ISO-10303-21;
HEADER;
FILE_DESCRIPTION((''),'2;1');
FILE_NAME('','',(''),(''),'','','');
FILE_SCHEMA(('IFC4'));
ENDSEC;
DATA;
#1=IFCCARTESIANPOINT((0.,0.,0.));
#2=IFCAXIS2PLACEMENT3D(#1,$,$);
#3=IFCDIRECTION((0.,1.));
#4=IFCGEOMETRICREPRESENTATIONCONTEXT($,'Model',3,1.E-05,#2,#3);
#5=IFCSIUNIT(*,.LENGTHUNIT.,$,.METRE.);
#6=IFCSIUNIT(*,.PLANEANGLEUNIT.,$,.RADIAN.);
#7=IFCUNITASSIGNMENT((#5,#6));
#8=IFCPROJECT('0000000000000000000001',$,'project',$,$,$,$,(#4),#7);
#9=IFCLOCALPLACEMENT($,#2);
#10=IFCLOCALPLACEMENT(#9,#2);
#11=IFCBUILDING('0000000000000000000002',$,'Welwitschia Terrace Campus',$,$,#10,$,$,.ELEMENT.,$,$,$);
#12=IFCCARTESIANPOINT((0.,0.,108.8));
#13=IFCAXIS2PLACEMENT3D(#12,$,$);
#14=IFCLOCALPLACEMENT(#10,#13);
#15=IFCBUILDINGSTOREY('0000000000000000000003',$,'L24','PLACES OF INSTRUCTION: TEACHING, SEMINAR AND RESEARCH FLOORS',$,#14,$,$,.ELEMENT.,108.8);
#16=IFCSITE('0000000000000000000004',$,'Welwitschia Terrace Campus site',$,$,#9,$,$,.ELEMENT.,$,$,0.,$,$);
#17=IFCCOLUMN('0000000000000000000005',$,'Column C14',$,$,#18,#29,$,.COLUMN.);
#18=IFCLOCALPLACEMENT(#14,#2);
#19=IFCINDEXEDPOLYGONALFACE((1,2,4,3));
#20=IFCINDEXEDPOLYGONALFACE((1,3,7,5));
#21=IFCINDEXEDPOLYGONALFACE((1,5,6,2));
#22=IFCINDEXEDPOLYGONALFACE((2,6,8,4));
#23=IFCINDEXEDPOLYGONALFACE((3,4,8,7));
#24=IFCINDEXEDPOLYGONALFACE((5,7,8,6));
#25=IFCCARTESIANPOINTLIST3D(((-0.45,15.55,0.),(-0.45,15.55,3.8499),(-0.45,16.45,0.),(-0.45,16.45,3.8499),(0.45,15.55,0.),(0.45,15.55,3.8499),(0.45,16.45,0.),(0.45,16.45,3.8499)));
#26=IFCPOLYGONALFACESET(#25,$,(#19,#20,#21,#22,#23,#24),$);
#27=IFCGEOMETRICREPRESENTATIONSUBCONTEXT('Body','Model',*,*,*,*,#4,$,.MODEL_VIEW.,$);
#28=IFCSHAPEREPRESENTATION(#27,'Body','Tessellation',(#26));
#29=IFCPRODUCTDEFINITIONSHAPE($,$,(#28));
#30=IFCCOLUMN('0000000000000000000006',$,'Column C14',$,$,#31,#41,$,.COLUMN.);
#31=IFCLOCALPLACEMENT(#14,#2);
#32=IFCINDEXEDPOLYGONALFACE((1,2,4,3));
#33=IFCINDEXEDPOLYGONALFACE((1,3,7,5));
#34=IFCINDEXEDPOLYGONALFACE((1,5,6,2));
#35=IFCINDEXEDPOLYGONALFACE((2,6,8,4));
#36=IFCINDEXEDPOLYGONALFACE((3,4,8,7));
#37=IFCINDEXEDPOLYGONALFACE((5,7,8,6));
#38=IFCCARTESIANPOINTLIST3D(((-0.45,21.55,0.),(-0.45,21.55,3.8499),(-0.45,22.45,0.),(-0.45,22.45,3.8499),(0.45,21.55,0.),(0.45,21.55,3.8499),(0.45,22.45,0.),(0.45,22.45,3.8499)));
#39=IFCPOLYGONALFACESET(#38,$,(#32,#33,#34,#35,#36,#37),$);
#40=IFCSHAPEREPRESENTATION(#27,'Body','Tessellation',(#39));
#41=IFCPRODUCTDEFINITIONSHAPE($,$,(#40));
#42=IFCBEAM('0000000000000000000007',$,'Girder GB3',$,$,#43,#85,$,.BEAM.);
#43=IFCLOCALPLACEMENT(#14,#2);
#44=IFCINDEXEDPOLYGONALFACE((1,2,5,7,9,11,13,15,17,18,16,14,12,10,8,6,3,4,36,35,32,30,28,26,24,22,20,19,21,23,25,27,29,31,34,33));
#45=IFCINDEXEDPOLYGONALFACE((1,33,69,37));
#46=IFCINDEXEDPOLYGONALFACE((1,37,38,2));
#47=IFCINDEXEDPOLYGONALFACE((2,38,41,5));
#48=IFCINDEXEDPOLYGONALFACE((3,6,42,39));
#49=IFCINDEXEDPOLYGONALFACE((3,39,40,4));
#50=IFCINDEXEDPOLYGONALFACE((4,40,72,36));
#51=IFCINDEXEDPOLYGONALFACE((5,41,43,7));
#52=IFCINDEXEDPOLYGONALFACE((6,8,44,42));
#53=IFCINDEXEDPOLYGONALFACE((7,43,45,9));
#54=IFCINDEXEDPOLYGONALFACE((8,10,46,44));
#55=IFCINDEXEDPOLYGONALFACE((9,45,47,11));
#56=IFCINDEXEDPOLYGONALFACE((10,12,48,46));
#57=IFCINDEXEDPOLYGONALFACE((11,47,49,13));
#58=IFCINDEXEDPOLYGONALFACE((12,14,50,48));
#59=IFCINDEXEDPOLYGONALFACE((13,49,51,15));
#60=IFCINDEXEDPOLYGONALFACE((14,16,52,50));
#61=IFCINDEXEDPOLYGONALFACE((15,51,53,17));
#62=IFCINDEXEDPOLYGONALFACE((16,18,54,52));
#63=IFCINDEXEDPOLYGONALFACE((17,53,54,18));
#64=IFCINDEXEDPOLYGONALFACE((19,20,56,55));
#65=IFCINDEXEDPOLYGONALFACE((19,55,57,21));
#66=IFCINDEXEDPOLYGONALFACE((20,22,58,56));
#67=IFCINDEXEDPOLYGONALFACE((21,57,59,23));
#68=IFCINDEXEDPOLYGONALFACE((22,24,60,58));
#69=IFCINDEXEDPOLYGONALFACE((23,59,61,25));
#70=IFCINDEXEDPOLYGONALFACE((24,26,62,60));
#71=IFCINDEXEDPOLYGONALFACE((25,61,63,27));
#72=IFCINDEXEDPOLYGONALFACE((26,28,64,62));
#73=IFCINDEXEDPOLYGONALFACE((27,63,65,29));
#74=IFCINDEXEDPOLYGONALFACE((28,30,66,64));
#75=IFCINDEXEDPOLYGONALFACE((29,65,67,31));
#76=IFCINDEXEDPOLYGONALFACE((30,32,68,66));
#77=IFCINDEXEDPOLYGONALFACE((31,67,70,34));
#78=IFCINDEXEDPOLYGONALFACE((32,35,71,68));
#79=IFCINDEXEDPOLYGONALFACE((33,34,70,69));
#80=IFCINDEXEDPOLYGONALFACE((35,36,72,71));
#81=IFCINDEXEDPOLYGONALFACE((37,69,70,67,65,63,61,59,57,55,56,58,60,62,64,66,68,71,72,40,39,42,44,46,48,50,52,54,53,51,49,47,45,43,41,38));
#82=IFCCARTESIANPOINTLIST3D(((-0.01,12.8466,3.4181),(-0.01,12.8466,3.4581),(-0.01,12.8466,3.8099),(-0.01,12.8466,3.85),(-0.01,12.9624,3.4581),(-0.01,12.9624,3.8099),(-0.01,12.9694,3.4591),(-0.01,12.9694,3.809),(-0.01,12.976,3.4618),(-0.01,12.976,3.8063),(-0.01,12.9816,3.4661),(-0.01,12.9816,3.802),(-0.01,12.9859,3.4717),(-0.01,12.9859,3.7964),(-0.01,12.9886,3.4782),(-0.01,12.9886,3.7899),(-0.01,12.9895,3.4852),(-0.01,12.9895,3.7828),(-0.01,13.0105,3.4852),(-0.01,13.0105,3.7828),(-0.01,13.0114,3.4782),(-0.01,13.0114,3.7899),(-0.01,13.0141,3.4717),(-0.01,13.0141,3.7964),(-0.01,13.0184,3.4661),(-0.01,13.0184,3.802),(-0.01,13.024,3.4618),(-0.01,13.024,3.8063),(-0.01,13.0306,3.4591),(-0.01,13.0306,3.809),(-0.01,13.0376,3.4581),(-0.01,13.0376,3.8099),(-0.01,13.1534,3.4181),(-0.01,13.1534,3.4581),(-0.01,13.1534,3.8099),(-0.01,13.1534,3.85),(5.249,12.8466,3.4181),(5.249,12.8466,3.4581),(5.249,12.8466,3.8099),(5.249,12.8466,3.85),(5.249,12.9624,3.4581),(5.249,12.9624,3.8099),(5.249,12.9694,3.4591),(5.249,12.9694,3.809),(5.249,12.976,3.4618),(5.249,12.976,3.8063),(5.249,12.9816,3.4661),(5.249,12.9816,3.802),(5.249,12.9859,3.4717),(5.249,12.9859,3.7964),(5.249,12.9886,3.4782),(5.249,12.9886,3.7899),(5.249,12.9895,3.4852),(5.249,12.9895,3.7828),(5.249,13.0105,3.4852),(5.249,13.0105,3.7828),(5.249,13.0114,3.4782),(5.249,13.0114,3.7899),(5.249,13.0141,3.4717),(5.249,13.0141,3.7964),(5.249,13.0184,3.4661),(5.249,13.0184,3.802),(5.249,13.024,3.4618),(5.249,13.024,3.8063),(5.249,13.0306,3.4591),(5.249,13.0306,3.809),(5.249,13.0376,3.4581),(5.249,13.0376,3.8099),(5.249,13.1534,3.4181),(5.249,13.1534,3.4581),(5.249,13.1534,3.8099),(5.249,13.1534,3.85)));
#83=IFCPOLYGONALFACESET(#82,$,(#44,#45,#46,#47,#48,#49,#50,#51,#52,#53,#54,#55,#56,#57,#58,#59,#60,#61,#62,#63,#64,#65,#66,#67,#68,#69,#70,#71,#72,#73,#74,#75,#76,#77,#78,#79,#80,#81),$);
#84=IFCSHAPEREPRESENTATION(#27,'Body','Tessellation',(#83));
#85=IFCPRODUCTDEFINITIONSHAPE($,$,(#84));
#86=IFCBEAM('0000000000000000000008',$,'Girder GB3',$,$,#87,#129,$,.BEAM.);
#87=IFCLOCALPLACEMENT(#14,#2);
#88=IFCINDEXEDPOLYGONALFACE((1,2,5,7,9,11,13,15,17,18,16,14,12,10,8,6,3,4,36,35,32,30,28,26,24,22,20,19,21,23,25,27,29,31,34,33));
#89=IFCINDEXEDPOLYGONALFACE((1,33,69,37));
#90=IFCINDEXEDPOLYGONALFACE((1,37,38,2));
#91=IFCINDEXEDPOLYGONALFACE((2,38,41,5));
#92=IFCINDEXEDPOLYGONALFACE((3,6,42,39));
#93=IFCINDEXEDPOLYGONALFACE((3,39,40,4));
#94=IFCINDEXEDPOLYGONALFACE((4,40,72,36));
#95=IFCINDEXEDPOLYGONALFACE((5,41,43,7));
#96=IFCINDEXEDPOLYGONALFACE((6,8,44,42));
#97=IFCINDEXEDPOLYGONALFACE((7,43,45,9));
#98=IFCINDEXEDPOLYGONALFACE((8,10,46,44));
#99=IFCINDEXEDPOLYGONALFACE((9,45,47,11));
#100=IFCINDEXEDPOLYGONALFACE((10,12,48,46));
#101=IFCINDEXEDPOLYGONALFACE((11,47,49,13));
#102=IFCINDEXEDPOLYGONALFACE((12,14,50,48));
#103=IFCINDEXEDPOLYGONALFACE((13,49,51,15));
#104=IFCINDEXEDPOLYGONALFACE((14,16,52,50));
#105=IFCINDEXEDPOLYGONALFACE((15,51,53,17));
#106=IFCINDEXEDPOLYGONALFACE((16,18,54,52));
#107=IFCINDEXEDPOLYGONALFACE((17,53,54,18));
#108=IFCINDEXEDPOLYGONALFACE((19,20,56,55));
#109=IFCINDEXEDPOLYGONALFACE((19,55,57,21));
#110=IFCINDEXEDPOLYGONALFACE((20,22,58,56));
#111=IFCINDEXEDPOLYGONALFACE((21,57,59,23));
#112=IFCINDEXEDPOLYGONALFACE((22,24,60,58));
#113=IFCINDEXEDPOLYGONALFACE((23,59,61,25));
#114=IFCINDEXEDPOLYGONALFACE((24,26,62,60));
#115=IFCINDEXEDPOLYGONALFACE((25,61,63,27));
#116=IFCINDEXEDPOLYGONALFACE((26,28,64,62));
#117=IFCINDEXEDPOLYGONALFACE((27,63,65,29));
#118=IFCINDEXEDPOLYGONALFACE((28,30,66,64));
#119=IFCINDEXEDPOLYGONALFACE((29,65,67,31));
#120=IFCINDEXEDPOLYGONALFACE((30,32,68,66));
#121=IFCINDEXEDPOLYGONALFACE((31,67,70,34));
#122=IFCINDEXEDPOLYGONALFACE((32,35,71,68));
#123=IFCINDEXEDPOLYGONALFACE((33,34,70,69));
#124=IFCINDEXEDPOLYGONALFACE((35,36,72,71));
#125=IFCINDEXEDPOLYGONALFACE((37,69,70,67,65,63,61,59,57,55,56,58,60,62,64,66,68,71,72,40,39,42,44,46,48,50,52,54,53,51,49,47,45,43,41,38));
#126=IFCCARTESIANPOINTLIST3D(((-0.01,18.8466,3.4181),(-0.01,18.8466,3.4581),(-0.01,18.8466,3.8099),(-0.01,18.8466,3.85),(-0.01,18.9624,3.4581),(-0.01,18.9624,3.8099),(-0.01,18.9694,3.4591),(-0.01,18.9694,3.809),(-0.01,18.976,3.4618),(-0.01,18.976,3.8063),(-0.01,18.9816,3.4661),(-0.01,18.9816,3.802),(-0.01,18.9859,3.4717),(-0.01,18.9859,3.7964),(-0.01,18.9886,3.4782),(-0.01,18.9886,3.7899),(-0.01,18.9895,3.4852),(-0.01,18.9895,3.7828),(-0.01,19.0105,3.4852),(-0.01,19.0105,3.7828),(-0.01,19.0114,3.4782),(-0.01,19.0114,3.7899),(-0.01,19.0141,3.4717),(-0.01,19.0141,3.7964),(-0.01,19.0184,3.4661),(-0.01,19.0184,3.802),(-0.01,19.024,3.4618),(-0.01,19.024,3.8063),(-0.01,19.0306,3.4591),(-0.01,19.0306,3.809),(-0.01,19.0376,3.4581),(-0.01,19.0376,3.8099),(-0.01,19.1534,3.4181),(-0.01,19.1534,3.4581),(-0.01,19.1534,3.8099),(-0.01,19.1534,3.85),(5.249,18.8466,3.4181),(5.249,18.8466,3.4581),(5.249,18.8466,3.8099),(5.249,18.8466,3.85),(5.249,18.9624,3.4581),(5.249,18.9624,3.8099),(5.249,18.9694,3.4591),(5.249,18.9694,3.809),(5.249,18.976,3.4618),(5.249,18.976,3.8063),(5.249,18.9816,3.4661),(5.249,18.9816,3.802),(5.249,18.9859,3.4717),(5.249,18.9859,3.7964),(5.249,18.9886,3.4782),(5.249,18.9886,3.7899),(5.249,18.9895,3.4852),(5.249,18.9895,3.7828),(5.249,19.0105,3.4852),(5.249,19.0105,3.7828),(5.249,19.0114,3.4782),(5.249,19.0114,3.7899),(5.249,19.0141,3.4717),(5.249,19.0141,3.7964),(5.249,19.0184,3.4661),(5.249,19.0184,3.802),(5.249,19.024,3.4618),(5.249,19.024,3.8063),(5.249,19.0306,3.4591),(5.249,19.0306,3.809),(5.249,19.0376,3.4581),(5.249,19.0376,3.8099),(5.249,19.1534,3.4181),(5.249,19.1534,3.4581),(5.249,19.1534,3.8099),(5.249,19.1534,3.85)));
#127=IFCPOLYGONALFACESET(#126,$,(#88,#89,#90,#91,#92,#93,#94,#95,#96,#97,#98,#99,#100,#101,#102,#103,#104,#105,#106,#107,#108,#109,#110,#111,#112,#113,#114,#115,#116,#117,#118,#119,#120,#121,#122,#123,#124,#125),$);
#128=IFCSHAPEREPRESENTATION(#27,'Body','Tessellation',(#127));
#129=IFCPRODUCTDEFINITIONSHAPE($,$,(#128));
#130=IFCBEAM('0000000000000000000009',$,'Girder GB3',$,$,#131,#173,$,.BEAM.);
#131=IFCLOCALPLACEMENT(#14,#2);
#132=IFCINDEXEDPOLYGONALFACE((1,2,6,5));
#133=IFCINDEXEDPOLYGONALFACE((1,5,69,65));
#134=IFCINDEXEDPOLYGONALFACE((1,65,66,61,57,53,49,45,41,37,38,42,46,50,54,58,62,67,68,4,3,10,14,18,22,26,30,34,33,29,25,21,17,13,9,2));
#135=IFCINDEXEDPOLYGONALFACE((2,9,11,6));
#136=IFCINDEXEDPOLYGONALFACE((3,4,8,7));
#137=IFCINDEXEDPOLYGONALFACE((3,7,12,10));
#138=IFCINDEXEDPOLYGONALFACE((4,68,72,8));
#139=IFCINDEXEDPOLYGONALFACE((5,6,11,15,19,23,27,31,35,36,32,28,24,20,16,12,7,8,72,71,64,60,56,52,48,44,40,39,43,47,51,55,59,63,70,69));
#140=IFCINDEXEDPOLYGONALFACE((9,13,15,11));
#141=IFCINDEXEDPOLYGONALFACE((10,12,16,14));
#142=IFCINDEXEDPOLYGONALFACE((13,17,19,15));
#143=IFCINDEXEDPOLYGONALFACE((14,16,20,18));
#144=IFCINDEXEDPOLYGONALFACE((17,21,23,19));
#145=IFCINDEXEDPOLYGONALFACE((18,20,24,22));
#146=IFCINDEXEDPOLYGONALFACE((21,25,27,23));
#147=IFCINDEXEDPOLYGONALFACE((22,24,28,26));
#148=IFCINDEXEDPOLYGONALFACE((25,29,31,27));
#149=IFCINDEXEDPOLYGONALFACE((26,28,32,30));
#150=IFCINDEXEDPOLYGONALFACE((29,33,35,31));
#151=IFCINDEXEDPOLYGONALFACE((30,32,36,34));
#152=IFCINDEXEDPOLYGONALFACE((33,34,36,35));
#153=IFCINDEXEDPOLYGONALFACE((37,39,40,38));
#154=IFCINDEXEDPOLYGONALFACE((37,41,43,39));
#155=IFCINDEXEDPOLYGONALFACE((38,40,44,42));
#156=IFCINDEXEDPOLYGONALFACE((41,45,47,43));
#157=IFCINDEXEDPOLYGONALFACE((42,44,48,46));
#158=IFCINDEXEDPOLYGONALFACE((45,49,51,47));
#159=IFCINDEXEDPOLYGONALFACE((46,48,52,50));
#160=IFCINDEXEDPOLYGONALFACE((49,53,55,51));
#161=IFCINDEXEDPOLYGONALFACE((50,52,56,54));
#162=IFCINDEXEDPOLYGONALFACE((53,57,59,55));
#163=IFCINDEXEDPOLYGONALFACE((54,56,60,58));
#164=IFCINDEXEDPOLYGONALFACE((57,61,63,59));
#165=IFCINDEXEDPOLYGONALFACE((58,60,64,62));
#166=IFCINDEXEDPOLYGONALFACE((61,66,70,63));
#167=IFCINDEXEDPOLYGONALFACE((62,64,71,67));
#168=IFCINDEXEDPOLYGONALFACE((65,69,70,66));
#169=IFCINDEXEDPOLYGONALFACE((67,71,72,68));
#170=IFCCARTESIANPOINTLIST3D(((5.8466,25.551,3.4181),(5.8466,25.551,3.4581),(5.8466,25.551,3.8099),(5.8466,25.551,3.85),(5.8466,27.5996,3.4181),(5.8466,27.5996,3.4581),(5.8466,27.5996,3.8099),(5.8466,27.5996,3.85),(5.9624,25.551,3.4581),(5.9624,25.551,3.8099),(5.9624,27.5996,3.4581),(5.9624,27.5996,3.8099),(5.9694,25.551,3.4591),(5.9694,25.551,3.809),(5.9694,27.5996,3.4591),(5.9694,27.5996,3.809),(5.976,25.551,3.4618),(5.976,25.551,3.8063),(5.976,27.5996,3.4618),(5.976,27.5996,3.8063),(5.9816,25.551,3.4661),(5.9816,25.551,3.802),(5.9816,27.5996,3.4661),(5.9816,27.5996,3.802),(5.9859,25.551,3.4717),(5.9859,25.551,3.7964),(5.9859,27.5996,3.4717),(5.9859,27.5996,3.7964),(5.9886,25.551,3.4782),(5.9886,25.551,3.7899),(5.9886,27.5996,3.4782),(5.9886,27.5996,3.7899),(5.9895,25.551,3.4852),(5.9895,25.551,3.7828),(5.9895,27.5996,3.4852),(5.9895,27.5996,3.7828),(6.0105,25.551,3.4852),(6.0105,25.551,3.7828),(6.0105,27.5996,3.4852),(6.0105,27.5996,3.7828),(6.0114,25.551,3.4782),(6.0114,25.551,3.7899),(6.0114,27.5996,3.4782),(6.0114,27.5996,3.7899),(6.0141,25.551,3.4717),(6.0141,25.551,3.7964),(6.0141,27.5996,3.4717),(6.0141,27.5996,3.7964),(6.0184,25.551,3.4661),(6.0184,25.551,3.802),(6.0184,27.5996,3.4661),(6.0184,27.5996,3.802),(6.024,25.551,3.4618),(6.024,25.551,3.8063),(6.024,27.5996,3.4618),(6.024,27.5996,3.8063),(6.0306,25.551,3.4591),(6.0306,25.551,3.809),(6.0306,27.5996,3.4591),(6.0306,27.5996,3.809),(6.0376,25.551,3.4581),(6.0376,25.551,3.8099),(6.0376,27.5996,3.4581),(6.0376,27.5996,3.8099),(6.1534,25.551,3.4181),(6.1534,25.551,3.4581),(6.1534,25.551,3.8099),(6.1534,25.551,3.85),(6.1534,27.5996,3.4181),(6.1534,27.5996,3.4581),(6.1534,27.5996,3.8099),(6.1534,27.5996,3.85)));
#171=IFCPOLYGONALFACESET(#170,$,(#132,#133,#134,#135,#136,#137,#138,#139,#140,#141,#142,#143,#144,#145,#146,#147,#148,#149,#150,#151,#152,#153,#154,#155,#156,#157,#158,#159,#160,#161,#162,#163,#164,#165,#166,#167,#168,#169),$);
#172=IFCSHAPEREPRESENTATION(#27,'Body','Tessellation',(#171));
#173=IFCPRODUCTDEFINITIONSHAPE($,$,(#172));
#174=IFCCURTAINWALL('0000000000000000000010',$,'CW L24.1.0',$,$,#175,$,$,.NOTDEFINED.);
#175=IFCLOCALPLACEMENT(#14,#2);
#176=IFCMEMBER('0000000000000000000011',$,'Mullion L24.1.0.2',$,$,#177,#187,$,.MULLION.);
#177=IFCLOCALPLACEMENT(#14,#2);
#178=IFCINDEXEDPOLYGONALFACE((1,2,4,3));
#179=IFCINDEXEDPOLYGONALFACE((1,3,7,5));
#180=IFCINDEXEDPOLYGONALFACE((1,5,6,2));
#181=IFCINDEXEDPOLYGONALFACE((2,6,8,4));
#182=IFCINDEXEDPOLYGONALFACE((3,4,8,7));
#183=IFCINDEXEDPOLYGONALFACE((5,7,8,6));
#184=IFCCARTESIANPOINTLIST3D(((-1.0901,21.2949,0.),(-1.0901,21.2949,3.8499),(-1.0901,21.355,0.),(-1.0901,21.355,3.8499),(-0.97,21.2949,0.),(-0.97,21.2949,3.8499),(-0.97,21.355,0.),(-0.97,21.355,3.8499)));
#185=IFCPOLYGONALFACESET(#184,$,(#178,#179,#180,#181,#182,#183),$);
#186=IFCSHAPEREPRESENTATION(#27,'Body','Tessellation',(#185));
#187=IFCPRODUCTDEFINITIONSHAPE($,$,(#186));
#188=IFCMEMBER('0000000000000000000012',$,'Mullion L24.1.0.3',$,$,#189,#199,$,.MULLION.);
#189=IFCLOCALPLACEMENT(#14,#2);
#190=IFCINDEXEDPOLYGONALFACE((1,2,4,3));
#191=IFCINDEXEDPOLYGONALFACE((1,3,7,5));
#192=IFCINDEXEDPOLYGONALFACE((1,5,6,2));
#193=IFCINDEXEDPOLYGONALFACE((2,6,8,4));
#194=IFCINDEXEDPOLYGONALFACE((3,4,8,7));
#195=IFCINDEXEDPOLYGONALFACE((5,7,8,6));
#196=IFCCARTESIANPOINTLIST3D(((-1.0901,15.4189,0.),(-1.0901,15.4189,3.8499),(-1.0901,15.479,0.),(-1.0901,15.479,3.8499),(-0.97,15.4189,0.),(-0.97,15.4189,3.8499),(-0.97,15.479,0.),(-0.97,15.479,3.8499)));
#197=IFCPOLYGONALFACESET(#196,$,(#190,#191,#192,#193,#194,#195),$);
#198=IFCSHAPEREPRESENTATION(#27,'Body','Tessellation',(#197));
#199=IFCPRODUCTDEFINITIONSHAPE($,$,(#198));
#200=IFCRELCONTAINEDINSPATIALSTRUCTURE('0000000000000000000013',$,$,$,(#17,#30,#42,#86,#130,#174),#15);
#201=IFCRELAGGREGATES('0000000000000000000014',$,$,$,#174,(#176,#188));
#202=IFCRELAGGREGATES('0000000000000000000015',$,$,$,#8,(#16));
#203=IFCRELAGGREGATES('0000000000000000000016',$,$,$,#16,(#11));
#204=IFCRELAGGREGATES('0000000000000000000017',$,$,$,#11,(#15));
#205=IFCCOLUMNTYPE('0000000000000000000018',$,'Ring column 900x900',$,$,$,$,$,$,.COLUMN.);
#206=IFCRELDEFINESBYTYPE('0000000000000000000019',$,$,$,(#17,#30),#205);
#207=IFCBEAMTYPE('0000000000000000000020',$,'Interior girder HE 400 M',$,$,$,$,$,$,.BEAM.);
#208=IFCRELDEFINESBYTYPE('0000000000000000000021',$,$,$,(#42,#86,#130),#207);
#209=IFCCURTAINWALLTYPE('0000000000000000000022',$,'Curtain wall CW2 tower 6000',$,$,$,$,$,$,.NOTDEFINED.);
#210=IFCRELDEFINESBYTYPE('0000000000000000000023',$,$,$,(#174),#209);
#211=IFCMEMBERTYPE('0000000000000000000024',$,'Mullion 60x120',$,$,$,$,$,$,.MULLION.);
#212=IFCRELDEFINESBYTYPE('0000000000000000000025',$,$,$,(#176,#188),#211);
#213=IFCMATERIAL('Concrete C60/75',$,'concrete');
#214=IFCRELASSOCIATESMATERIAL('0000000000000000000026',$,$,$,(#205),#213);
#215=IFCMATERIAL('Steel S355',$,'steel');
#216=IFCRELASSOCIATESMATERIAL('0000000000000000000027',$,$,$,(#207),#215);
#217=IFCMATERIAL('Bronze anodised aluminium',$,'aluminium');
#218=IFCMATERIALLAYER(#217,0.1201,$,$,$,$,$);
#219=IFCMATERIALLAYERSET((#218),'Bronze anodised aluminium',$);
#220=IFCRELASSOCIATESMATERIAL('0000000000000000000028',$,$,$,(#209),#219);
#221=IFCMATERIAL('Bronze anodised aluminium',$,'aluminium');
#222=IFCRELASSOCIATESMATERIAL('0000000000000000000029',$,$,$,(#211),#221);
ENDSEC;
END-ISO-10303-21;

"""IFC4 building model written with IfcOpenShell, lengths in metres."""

from ifc_helpers import new_model, si_unit, direction, frame, origin, origin_2d, place, context, subcontext, project, spatial, rectangle, i_section, extrude, material, layer, layer_set, material_profile, profile_set, type_object, element, aggregate, save


model = new_model("IFC4")

# Units and contexts
model_context = context("Model", 3, precision=1e-05, world=origin(), true_north=direction((0.0, 1.0)))
body_context = subcontext(model_context, "Body", "Model", "MODEL_VIEW")
ifc_project = project(units=[si_unit("LENGTHUNIT", "METRE"), si_unit("PLANEANGLEUNIT", "RADIAN")], contexts=[model_context])

# Site, building, storey
site_placement = place(None, origin())
site = spatial("IfcSite", under=ifc_project, at=site_placement, Name="Welwitschia Terrace Campus site", CompositionType="ELEMENT", RefElevation=0.0)
building_placement = place(site_placement, origin())
building = spatial("IfcBuilding", under=site, at=building_placement, Name="Welwitschia Terrace Campus", CompositionType="ELEMENT")
storey_placement = place(building_placement, frame((0.0, 0.0, 108.8)))
storey = spatial("IfcBuildingStorey", under=building, at=storey_placement, Name="L24", Description="PLACES OF INSTRUCTION: TEACHING, SEMINAR AND RESEARCH FLOORS", CompositionType="ELEMENT", Elevation=108.8)

# Columns
ifc_material_1 = material(Name="Concrete C60/75", Category="concrete")
ifc_material_profile_1 = material_profile(ifc_material_1, rectangle(XDim=0.8999, YDim=0.8999, at=origin_2d()))
ifc_profile_set_1 = profile_set([ifc_material_profile_1], Name="Concrete C60/75")
column_type = type_object("IfcColumnType", Name="Ring column 900x900", PredefinedType="COLUMN", material=ifc_profile_set_1)
for number, where, z_axis, x_axis, name in (
    (1, (0.0, 16.0, 0.0), (0.0, 0.0, 1.0), (1.0, 0.0, 0.0), "Column C14"),
    (2, (0.0, 22.0, 0.0), (0.0, 0.0, 1.0), (1.0, 0.0, 0.0), "Column C14"),
):
    element("IfcColumn", number, at=place(storey_placement, frame(where, z_axis=z_axis, x_axis=x_axis)), inside=storey, type_object=column_type, Name=name, PredefinedType="COLUMN", context=body_context, shape_type="SweptSolid", body=[
        extrude(rectangle(XDim=0.8999, YDim=0.8999, at=origin_2d()), origin(), (0.0, 0.0, 1.0), 3.8499),
    ])

# Beams
ifc_material_2 = material(Name="Steel S355", Category="steel")
ifc_material_profile_2 = material_profile(ifc_material_2, i_section(OverallWidth=0.3069, OverallDepth=0.4319, WebThickness=0.021, FlangeThickness=0.04, FilletRadius=0.0271, at=origin_2d()))
ifc_profile_set_2 = profile_set([ifc_material_profile_2], Name="Steel S355")
beam_type_1 = type_object("IfcBeamType", Name="Interior girder HE 400 M", PredefinedType="BEAM", material=ifc_profile_set_2)
for number, where, z_axis, x_axis, name in (
    (3, (-0.01, 13.0, 3.634), (1.0, 0.0, 0.0), (0.0, 1.0, 0.0), "Girder GB3"),
    (4, (-0.01, 19.0, 3.634), (1.0, 0.0, 0.0), (0.0, 1.0, 0.0), "Girder GB3"),
):
    element("IfcBeam", number, at=place(storey_placement, frame(where, z_axis=z_axis, x_axis=x_axis)), inside=storey, type_object=beam_type_1, Name=name, PredefinedType="BEAM", context=body_context, shape_type="SweptSolid", body=[
        extrude(i_section(OverallWidth=0.3069, OverallDepth=0.4319, WebThickness=0.021, FlangeThickness=0.04, FilletRadius=0.0271, at=origin_2d()), origin(), (0.0, 0.0, 1.0), 5.259),
    ])
beam_1_placement = place(storey_placement, frame((6.0, 25.551, 3.634), z_axis=(0.0, 1.0, 0.0), x_axis=(-1.0, 0.0, 0.0)))
element("IfcBeam", 5, at=beam_1_placement, inside=storey, type_object=beam_type_1, Name="Girder GB3", PredefinedType="BEAM", context=body_context, shape_type="SweptSolid", body=[
    extrude(i_section(OverallWidth=0.3069, OverallDepth=0.4319, WebThickness=0.021, FlangeThickness=0.04, FilletRadius=0.0271, at=origin_2d()), origin(), (0.0, 0.0, 1.0), 2.0486),
])

# Curtain wall, members
ifc_material_3 = material(Name="Bronze anodised aluminium", Category="aluminium")
ifc_layer_1 = layer(ifc_material_3, 0.1201)
ifc_layer_set_1 = layer_set([ifc_layer_1], Name="Bronze anodised aluminium")
curtain_wall_type = type_object("IfcCurtainWallType", Name="Curtain wall CW2 tower 6000", PredefinedType="NOTDEFINED", material=ifc_layer_set_1)
curtain_wall_placement = place(storey_placement, origin())
curtain_wall = element("IfcCurtainWall", 6, at=curtain_wall_placement, inside=storey, type_object=curtain_wall_type, Name="CW L24.1.0", PredefinedType="NOTDEFINED")
ifc_material_4 = material(Name="Bronze anodised aluminium", Category="aluminium")
ifc_material_profile_3 = material_profile(ifc_material_4, rectangle(XDim=0.1201, YDim=0.0601, at=origin_2d()))
ifc_profile_set_3 = profile_set([ifc_material_profile_3], Name="Bronze anodised aluminium")
member_type = type_object("IfcMemberType", Name="Mullion 60x120", PredefinedType="MULLION", material=ifc_profile_set_3)
member_1_placement = place(storey_placement, frame((-1.03, 21.325, 0.0), z_axis=(0.0, 0.0, 1.0), x_axis=(1.0, 0.0, 0.0)))
member_1 = element("IfcMember", 7, at=member_1_placement, type_object=member_type, Name="Mullion L24.1.0.2", PredefinedType="MULLION", context=body_context, shape_type="SweptSolid", body=[
    extrude(rectangle(XDim=0.1201, YDim=0.0601, at=origin_2d()), origin(), (0.0, 0.0, 1.0), 3.8499),
])
member_2_placement = place(storey_placement, frame((-1.03, 15.449, 0.0), z_axis=(0.0, 0.0, 1.0), x_axis=(1.0, 0.0, 0.0)))
member_2 = element("IfcMember", 8, at=member_2_placement, type_object=member_type, Name="Mullion L24.1.0.3", PredefinedType="MULLION", context=body_context, shape_type="SweptSolid", body=[
    extrude(rectangle(XDim=0.1201, YDim=0.0601, at=origin_2d()), origin(), (0.0, 0.0, 1.0), 3.8499),
])

aggregate(curtain_wall, [member_1, member_2])

save(model, "model.ifc")
